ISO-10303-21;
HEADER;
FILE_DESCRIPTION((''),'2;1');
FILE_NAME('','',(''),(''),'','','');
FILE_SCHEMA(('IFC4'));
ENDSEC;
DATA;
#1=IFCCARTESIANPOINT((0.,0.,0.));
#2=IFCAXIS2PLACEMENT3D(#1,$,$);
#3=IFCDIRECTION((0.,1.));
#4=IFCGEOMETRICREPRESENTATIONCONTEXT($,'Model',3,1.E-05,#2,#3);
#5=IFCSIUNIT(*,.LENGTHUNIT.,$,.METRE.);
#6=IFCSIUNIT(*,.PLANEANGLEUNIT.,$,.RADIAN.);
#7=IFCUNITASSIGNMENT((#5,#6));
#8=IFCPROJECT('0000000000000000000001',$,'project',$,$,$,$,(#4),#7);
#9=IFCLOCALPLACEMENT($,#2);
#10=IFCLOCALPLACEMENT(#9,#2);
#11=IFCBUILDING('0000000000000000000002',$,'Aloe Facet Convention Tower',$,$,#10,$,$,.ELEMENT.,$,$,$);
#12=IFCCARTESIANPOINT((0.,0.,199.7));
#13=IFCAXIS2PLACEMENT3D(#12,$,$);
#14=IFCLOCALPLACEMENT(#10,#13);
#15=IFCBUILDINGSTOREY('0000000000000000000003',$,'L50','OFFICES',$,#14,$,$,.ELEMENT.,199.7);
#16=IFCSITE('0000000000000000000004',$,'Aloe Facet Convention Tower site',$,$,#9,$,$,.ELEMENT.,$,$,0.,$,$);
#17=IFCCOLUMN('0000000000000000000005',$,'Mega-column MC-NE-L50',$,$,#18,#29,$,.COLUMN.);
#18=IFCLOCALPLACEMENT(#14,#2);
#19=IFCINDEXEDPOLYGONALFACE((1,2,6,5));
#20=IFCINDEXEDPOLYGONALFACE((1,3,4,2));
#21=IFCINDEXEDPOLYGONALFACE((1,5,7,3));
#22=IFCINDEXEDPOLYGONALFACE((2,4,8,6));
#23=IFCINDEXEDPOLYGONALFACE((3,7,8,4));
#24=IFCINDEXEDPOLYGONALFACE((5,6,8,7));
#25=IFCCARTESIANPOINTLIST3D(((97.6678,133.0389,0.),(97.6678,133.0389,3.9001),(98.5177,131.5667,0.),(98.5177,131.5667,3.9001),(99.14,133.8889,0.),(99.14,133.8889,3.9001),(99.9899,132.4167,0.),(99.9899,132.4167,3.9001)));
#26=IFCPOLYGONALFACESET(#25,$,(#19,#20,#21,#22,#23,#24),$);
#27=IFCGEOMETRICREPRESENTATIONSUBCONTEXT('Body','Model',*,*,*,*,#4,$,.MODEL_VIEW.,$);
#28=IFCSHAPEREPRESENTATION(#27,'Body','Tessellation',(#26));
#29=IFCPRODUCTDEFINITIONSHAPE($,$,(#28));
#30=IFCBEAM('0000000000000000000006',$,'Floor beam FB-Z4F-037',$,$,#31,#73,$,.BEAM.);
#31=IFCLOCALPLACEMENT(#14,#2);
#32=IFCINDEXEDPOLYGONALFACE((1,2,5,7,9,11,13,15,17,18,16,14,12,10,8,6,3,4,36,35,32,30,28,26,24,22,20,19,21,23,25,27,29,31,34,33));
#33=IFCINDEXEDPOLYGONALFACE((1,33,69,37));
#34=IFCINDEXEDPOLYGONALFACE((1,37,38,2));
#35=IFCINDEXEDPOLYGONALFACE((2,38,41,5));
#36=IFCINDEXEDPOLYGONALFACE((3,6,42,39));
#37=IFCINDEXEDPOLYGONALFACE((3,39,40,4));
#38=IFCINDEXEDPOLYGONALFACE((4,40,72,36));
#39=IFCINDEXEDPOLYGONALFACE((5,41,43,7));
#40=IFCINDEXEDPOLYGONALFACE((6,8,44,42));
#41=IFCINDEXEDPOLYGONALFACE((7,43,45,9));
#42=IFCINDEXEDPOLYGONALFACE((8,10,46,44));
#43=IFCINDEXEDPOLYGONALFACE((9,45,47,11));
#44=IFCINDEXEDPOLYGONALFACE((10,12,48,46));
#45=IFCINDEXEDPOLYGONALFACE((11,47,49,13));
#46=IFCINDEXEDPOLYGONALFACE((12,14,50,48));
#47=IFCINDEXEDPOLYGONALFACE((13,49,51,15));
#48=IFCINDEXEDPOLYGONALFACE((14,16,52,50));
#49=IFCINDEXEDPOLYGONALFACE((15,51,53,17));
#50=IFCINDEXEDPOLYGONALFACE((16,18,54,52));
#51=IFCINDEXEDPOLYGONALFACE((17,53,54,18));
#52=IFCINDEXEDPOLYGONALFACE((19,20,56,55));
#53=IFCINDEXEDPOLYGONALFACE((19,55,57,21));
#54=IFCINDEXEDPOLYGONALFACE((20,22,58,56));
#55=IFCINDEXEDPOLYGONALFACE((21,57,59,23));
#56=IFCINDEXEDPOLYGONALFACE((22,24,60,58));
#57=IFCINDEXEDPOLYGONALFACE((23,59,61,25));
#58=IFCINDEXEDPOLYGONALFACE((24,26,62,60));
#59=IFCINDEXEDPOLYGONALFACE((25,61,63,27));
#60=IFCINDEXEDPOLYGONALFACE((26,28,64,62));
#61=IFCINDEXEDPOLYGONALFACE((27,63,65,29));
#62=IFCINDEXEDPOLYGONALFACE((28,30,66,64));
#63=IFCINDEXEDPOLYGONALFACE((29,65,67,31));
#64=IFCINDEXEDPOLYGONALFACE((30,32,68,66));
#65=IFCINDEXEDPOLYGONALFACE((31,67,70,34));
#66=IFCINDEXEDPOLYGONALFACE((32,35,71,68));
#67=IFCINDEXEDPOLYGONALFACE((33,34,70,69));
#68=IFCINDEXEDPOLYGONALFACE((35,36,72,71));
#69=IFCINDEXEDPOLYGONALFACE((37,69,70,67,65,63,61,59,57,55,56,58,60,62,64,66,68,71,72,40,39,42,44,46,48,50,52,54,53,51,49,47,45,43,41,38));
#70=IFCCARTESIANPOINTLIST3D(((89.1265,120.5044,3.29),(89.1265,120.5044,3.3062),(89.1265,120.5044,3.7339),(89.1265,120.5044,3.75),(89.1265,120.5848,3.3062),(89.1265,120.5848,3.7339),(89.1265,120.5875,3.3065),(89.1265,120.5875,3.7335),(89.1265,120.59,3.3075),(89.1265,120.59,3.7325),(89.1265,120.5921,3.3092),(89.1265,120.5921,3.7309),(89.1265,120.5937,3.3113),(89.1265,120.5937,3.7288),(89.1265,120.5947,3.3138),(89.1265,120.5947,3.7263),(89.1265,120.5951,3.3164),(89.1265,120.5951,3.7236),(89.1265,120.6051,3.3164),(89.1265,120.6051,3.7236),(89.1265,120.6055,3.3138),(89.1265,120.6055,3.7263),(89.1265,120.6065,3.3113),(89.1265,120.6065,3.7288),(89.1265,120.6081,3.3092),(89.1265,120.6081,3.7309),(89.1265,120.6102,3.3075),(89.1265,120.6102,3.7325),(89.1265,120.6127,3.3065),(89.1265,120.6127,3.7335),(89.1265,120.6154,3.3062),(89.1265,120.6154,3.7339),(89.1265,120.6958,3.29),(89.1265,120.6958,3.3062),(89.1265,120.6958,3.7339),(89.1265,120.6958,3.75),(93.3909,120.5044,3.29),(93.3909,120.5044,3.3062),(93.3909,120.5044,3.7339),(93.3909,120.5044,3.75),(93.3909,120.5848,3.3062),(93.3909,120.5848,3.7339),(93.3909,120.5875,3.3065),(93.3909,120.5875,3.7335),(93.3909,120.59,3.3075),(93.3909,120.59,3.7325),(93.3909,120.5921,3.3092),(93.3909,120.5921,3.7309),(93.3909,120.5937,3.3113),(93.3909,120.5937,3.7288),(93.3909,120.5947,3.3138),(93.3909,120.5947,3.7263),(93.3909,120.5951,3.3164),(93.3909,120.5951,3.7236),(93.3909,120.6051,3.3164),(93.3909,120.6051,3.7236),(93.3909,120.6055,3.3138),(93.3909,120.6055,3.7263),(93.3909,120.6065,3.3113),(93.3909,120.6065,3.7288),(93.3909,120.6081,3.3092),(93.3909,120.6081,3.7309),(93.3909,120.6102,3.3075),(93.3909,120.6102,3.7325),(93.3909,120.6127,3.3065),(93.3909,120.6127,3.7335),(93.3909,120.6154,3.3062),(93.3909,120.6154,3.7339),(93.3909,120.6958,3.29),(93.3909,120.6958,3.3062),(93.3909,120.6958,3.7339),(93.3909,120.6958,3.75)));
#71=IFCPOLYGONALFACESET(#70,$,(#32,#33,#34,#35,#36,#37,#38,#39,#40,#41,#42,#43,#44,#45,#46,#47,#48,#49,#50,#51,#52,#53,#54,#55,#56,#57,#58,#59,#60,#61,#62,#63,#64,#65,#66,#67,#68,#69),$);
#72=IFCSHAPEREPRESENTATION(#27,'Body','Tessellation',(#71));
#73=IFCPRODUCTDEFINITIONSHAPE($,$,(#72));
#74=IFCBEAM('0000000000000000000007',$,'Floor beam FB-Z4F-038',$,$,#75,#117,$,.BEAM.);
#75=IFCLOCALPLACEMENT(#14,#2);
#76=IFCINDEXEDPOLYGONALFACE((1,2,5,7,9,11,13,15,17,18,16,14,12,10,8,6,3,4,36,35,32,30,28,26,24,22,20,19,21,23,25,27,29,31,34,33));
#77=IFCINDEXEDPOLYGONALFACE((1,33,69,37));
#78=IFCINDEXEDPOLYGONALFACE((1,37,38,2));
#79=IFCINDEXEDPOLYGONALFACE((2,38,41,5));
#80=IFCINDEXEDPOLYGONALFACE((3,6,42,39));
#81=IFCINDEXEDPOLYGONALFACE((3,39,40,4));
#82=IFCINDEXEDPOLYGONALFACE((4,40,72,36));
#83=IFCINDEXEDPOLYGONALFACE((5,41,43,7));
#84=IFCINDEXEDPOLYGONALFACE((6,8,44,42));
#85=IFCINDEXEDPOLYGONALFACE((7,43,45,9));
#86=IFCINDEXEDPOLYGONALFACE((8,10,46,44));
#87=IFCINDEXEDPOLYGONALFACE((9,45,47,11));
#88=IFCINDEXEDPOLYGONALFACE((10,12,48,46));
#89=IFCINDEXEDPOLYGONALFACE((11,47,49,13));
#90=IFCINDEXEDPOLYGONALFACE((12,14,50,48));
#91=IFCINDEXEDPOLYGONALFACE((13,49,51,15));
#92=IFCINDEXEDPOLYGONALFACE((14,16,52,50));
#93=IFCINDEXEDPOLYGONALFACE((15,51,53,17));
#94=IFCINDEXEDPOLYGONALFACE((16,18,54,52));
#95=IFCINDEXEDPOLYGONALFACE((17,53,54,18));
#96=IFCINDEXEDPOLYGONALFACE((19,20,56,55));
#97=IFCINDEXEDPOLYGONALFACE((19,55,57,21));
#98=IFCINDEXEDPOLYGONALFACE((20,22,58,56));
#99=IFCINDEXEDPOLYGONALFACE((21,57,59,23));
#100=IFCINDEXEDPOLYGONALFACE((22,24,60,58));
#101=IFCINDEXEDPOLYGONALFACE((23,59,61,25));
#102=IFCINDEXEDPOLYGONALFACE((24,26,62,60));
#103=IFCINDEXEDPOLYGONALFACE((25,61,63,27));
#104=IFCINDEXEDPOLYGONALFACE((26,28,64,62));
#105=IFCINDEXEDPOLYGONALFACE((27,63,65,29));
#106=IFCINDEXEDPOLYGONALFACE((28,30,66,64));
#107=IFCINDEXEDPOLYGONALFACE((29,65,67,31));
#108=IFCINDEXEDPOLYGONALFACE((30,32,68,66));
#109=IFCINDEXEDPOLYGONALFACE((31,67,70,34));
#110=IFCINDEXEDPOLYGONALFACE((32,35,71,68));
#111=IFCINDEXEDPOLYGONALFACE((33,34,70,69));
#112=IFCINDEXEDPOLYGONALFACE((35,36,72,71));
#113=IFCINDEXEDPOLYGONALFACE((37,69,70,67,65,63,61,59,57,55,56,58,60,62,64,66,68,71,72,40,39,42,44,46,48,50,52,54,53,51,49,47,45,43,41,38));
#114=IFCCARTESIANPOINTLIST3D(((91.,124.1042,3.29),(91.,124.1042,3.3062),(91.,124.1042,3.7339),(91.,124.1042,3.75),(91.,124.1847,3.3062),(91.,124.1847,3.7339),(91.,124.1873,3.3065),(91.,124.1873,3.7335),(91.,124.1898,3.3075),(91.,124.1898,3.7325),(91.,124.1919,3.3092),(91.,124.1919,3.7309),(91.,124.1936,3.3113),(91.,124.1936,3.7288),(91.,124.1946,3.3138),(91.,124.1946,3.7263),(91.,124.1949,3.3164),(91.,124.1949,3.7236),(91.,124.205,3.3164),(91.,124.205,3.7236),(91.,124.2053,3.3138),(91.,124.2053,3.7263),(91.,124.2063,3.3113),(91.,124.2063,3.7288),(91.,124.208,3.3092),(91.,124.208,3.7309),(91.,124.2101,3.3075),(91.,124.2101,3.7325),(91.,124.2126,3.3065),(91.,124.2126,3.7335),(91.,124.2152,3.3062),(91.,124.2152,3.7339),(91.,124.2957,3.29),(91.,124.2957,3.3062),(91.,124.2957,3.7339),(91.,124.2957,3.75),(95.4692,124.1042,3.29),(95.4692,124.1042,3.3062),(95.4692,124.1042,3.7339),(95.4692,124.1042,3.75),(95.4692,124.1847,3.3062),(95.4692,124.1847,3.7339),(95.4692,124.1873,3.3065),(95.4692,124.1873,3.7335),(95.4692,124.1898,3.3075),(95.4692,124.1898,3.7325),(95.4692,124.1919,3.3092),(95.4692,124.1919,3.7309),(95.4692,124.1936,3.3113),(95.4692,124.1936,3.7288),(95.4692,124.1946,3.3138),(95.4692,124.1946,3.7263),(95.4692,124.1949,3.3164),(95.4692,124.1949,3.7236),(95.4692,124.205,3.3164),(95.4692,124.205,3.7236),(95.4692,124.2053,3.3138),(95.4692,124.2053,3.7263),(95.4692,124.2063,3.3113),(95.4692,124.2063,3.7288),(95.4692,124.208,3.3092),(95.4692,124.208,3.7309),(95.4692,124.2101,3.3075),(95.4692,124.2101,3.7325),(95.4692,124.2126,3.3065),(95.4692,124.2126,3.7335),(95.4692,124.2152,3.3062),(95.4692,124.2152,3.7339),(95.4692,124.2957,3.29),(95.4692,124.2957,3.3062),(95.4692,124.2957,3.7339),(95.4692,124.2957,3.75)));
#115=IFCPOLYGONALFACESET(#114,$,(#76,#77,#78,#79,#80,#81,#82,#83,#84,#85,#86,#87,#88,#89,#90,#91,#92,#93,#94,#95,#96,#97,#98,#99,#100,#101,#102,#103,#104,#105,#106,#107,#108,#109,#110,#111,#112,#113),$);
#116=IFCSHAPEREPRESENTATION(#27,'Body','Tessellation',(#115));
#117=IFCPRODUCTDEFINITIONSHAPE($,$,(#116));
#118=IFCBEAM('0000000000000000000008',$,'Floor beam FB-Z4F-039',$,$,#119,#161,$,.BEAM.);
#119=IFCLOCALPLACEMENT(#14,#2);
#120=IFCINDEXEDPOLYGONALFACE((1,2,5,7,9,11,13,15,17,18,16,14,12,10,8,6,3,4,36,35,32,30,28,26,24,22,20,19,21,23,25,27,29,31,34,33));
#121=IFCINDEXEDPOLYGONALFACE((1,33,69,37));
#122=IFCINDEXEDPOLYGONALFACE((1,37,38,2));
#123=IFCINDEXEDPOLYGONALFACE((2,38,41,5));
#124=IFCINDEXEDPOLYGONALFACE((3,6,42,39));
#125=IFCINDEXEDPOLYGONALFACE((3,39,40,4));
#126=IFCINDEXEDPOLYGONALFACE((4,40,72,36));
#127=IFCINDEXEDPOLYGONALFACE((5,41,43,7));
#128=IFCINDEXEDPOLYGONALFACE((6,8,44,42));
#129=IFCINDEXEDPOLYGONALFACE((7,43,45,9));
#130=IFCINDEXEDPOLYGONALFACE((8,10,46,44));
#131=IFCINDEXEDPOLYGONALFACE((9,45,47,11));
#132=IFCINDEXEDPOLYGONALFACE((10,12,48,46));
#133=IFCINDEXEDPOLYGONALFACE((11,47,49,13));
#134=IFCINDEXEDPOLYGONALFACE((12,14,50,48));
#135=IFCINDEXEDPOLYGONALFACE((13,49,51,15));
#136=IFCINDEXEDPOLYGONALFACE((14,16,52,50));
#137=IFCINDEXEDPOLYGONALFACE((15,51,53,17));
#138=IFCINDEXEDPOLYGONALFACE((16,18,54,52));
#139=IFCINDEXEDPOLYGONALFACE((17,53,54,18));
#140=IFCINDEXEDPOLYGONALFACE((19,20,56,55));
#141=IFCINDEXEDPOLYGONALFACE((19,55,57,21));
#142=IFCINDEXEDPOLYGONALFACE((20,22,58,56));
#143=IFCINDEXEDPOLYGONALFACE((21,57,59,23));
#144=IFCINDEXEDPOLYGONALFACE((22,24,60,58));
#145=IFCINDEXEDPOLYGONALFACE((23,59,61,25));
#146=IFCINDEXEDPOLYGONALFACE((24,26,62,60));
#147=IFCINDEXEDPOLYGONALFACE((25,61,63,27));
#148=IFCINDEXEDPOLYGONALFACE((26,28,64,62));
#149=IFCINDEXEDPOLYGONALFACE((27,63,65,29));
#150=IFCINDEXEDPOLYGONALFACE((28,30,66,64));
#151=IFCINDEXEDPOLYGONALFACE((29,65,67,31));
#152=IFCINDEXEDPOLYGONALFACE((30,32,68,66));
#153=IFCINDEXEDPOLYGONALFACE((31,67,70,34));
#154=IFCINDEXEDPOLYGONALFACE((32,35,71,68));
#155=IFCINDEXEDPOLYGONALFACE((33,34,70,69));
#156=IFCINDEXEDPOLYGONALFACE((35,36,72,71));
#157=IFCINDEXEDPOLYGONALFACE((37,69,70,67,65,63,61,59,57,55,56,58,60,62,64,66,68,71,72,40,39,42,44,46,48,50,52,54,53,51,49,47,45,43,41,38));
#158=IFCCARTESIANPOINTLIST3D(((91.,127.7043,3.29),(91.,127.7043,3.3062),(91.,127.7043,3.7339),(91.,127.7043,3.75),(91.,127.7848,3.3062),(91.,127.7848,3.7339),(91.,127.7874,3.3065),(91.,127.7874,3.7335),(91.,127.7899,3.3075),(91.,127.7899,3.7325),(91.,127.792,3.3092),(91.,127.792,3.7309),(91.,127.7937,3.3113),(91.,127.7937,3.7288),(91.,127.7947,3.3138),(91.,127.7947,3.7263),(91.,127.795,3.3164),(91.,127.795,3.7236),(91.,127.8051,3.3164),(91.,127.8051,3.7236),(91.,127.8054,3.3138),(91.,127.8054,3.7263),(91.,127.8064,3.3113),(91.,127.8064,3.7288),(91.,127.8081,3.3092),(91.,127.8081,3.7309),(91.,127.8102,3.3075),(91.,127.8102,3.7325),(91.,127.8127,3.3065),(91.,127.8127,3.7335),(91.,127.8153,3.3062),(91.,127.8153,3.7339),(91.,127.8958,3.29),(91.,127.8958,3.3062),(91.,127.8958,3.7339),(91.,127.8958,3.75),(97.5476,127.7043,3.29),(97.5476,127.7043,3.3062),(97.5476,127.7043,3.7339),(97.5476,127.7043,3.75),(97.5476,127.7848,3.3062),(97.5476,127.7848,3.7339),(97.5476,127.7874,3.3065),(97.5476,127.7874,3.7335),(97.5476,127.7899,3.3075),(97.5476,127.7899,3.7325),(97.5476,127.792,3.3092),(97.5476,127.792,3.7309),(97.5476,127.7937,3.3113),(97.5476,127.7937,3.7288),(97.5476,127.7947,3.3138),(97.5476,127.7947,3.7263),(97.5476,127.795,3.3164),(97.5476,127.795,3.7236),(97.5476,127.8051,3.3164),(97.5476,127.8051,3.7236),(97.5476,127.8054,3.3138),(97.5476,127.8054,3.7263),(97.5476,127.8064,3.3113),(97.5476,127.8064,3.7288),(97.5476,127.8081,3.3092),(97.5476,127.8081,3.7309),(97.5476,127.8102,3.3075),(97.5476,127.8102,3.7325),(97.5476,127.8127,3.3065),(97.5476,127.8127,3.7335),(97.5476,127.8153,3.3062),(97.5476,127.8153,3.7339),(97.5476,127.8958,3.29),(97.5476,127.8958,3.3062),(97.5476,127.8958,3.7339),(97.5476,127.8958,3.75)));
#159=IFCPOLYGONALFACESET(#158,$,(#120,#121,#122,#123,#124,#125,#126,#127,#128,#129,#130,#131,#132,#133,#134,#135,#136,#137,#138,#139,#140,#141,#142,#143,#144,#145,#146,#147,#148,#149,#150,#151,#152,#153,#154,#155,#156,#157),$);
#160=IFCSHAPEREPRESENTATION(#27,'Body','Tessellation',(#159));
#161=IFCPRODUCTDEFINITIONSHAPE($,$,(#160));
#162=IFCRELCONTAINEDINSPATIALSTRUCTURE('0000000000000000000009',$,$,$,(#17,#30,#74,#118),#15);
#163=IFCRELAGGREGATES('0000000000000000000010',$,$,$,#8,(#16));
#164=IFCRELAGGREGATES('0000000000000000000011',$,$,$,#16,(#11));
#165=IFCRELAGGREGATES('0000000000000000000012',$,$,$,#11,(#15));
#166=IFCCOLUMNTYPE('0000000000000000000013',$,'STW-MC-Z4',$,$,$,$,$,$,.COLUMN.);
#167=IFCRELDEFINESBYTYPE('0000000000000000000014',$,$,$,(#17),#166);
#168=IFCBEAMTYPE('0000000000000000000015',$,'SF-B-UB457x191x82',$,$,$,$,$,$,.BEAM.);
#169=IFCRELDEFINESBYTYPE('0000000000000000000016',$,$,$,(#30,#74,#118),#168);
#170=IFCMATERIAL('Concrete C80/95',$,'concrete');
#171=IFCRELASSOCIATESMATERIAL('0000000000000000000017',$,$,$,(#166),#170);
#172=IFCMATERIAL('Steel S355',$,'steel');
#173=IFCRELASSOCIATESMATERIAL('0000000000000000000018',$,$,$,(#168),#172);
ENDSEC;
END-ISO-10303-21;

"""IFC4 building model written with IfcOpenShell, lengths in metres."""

from ifc_helpers import new_model, si_unit, direction, frame, origin, origin_2d, place, context, subcontext, project, spatial, rectangle, i_section, extrude, material, material_profile, profile_set, type_object, element, save


model = new_model("IFC4")

# Units and contexts
model_context = context("Model", 3, precision=1e-05, world=origin(), true_north=direction((0.0, 1.0)))
body_context = subcontext(model_context, "Body", "Model", "MODEL_VIEW")
ifc_project = project(units=[si_unit("LENGTHUNIT", "METRE"), si_unit("PLANEANGLEUNIT", "RADIAN")], contexts=[model_context])

# Site, building, storey
site_placement = place(None, origin())
site = spatial("IfcSite", under=ifc_project, at=site_placement, Name="Aloe Facet Convention Tower site", CompositionType="ELEMENT", RefElevation=0.0)
building_placement = place(site_placement, origin())
building = spatial("IfcBuilding", under=site, at=building_placement, Name="Aloe Facet Convention Tower", CompositionType="ELEMENT")
storey_placement = place(building_placement, frame((0.0, 0.0, 199.7)))
storey = spatial("IfcBuildingStorey", under=building, at=storey_placement, Name="L50", Description="OFFICES", CompositionType="ELEMENT", Elevation=199.7)

# Column
ifc_material_1 = material(Name="Concrete C80/95", Category="concrete")
ifc_material_profile_1 = material_profile(ifc_material_1, rectangle(XDim=1.7, YDim=1.7, at=origin_2d()), Name="STW-MC-Z4")
ifc_profile_set_1 = profile_set([ifc_material_profile_1], Name="Concrete C80/95")
column_type = type_object("IfcColumnType", Name="STW-MC-Z4", PredefinedType="COLUMN", material=ifc_profile_set_1)
column_placement = place(storey_placement, frame((98.8289, 132.7278, 0.0), z_axis=(0.0, 0.0, 1.0), x_axis=(-0.5, 0.866025, 0.0)))
element("IfcColumn", 1, at=column_placement, inside=storey, type_object=column_type, Name="Mega-column MC-NE-L50", PredefinedType="COLUMN", context=body_context, shape_type="SweptSolid", body=[
    extrude(rectangle(XDim=1.7, YDim=1.7, at=origin_2d()), origin(), (0.0, 0.0, 1.0), 3.9001),
])

# Beams
ifc_material_2 = material(Name="Steel S355", Category="steel")
ifc_material_profile_2 = material_profile(ifc_material_2, i_section(OverallWidth=0.1914, OverallDepth=0.46, WebThickness=0.01, FlangeThickness=0.0161, FilletRadius=0.0103, at=origin_2d()), Name="UB 457x191x82")
ifc_profile_set_2 = profile_set([ifc_material_profile_2], Name="Steel S355")
beam_type_1 = type_object("IfcBeamType", Name="SF-B-UB457x191x82", PredefinedType="BEAM", material=ifc_profile_set_2)
beam_1_placement = place(storey_placement, frame((89.1265, 120.6001, 3.52), z_axis=(1.0, 0.0, 0.0), x_axis=(0.0, 1.0, 0.0)))
element("IfcBeam", 2, at=beam_1_placement, inside=storey, type_object=beam_type_1, Name="Floor beam FB-Z4F-037", PredefinedType="BEAM", context=body_context, shape_type="SweptSolid", body=[
    extrude(i_section(OverallWidth=0.1914, OverallDepth=0.46, WebThickness=0.01, FlangeThickness=0.0161, FilletRadius=0.0103, at=origin_2d()), origin(), (0.0, 0.0, 1.0), 4.2644),
])
beam_2_placement = place(storey_placement, frame((91.0, 124.2, 3.52), z_axis=(1.0, 0.0, 0.0), x_axis=(0.0, 1.0, 0.0)))
element("IfcBeam", 3, at=beam_2_placement, inside=storey, type_object=beam_type_1, Name="Floor beam FB-Z4F-038", PredefinedType="BEAM", context=body_context, shape_type="SweptSolid", body=[
    extrude(i_section(OverallWidth=0.1914, OverallDepth=0.46, WebThickness=0.01, FlangeThickness=0.0161, FilletRadius=0.0103, at=origin_2d()), origin(), (0.0, 0.0, 1.0), 4.4692),
])
beam_3_placement = place(storey_placement, frame((91.0, 127.8, 3.52), z_axis=(1.0, 0.0, 0.0), x_axis=(0.0, 1.0, 0.0)))
element("IfcBeam", 4, at=beam_3_placement, inside=storey, type_object=beam_type_1, Name="Floor beam FB-Z4F-039", PredefinedType="BEAM", context=body_context, shape_type="SweptSolid", body=[
    extrude(i_section(OverallWidth=0.1914, OverallDepth=0.46, WebThickness=0.01, FlangeThickness=0.0161, FilletRadius=0.0103, at=origin_2d()), origin(), (0.0, 0.0, 1.0), 6.5476),
])

save(model, "model.ifc")
